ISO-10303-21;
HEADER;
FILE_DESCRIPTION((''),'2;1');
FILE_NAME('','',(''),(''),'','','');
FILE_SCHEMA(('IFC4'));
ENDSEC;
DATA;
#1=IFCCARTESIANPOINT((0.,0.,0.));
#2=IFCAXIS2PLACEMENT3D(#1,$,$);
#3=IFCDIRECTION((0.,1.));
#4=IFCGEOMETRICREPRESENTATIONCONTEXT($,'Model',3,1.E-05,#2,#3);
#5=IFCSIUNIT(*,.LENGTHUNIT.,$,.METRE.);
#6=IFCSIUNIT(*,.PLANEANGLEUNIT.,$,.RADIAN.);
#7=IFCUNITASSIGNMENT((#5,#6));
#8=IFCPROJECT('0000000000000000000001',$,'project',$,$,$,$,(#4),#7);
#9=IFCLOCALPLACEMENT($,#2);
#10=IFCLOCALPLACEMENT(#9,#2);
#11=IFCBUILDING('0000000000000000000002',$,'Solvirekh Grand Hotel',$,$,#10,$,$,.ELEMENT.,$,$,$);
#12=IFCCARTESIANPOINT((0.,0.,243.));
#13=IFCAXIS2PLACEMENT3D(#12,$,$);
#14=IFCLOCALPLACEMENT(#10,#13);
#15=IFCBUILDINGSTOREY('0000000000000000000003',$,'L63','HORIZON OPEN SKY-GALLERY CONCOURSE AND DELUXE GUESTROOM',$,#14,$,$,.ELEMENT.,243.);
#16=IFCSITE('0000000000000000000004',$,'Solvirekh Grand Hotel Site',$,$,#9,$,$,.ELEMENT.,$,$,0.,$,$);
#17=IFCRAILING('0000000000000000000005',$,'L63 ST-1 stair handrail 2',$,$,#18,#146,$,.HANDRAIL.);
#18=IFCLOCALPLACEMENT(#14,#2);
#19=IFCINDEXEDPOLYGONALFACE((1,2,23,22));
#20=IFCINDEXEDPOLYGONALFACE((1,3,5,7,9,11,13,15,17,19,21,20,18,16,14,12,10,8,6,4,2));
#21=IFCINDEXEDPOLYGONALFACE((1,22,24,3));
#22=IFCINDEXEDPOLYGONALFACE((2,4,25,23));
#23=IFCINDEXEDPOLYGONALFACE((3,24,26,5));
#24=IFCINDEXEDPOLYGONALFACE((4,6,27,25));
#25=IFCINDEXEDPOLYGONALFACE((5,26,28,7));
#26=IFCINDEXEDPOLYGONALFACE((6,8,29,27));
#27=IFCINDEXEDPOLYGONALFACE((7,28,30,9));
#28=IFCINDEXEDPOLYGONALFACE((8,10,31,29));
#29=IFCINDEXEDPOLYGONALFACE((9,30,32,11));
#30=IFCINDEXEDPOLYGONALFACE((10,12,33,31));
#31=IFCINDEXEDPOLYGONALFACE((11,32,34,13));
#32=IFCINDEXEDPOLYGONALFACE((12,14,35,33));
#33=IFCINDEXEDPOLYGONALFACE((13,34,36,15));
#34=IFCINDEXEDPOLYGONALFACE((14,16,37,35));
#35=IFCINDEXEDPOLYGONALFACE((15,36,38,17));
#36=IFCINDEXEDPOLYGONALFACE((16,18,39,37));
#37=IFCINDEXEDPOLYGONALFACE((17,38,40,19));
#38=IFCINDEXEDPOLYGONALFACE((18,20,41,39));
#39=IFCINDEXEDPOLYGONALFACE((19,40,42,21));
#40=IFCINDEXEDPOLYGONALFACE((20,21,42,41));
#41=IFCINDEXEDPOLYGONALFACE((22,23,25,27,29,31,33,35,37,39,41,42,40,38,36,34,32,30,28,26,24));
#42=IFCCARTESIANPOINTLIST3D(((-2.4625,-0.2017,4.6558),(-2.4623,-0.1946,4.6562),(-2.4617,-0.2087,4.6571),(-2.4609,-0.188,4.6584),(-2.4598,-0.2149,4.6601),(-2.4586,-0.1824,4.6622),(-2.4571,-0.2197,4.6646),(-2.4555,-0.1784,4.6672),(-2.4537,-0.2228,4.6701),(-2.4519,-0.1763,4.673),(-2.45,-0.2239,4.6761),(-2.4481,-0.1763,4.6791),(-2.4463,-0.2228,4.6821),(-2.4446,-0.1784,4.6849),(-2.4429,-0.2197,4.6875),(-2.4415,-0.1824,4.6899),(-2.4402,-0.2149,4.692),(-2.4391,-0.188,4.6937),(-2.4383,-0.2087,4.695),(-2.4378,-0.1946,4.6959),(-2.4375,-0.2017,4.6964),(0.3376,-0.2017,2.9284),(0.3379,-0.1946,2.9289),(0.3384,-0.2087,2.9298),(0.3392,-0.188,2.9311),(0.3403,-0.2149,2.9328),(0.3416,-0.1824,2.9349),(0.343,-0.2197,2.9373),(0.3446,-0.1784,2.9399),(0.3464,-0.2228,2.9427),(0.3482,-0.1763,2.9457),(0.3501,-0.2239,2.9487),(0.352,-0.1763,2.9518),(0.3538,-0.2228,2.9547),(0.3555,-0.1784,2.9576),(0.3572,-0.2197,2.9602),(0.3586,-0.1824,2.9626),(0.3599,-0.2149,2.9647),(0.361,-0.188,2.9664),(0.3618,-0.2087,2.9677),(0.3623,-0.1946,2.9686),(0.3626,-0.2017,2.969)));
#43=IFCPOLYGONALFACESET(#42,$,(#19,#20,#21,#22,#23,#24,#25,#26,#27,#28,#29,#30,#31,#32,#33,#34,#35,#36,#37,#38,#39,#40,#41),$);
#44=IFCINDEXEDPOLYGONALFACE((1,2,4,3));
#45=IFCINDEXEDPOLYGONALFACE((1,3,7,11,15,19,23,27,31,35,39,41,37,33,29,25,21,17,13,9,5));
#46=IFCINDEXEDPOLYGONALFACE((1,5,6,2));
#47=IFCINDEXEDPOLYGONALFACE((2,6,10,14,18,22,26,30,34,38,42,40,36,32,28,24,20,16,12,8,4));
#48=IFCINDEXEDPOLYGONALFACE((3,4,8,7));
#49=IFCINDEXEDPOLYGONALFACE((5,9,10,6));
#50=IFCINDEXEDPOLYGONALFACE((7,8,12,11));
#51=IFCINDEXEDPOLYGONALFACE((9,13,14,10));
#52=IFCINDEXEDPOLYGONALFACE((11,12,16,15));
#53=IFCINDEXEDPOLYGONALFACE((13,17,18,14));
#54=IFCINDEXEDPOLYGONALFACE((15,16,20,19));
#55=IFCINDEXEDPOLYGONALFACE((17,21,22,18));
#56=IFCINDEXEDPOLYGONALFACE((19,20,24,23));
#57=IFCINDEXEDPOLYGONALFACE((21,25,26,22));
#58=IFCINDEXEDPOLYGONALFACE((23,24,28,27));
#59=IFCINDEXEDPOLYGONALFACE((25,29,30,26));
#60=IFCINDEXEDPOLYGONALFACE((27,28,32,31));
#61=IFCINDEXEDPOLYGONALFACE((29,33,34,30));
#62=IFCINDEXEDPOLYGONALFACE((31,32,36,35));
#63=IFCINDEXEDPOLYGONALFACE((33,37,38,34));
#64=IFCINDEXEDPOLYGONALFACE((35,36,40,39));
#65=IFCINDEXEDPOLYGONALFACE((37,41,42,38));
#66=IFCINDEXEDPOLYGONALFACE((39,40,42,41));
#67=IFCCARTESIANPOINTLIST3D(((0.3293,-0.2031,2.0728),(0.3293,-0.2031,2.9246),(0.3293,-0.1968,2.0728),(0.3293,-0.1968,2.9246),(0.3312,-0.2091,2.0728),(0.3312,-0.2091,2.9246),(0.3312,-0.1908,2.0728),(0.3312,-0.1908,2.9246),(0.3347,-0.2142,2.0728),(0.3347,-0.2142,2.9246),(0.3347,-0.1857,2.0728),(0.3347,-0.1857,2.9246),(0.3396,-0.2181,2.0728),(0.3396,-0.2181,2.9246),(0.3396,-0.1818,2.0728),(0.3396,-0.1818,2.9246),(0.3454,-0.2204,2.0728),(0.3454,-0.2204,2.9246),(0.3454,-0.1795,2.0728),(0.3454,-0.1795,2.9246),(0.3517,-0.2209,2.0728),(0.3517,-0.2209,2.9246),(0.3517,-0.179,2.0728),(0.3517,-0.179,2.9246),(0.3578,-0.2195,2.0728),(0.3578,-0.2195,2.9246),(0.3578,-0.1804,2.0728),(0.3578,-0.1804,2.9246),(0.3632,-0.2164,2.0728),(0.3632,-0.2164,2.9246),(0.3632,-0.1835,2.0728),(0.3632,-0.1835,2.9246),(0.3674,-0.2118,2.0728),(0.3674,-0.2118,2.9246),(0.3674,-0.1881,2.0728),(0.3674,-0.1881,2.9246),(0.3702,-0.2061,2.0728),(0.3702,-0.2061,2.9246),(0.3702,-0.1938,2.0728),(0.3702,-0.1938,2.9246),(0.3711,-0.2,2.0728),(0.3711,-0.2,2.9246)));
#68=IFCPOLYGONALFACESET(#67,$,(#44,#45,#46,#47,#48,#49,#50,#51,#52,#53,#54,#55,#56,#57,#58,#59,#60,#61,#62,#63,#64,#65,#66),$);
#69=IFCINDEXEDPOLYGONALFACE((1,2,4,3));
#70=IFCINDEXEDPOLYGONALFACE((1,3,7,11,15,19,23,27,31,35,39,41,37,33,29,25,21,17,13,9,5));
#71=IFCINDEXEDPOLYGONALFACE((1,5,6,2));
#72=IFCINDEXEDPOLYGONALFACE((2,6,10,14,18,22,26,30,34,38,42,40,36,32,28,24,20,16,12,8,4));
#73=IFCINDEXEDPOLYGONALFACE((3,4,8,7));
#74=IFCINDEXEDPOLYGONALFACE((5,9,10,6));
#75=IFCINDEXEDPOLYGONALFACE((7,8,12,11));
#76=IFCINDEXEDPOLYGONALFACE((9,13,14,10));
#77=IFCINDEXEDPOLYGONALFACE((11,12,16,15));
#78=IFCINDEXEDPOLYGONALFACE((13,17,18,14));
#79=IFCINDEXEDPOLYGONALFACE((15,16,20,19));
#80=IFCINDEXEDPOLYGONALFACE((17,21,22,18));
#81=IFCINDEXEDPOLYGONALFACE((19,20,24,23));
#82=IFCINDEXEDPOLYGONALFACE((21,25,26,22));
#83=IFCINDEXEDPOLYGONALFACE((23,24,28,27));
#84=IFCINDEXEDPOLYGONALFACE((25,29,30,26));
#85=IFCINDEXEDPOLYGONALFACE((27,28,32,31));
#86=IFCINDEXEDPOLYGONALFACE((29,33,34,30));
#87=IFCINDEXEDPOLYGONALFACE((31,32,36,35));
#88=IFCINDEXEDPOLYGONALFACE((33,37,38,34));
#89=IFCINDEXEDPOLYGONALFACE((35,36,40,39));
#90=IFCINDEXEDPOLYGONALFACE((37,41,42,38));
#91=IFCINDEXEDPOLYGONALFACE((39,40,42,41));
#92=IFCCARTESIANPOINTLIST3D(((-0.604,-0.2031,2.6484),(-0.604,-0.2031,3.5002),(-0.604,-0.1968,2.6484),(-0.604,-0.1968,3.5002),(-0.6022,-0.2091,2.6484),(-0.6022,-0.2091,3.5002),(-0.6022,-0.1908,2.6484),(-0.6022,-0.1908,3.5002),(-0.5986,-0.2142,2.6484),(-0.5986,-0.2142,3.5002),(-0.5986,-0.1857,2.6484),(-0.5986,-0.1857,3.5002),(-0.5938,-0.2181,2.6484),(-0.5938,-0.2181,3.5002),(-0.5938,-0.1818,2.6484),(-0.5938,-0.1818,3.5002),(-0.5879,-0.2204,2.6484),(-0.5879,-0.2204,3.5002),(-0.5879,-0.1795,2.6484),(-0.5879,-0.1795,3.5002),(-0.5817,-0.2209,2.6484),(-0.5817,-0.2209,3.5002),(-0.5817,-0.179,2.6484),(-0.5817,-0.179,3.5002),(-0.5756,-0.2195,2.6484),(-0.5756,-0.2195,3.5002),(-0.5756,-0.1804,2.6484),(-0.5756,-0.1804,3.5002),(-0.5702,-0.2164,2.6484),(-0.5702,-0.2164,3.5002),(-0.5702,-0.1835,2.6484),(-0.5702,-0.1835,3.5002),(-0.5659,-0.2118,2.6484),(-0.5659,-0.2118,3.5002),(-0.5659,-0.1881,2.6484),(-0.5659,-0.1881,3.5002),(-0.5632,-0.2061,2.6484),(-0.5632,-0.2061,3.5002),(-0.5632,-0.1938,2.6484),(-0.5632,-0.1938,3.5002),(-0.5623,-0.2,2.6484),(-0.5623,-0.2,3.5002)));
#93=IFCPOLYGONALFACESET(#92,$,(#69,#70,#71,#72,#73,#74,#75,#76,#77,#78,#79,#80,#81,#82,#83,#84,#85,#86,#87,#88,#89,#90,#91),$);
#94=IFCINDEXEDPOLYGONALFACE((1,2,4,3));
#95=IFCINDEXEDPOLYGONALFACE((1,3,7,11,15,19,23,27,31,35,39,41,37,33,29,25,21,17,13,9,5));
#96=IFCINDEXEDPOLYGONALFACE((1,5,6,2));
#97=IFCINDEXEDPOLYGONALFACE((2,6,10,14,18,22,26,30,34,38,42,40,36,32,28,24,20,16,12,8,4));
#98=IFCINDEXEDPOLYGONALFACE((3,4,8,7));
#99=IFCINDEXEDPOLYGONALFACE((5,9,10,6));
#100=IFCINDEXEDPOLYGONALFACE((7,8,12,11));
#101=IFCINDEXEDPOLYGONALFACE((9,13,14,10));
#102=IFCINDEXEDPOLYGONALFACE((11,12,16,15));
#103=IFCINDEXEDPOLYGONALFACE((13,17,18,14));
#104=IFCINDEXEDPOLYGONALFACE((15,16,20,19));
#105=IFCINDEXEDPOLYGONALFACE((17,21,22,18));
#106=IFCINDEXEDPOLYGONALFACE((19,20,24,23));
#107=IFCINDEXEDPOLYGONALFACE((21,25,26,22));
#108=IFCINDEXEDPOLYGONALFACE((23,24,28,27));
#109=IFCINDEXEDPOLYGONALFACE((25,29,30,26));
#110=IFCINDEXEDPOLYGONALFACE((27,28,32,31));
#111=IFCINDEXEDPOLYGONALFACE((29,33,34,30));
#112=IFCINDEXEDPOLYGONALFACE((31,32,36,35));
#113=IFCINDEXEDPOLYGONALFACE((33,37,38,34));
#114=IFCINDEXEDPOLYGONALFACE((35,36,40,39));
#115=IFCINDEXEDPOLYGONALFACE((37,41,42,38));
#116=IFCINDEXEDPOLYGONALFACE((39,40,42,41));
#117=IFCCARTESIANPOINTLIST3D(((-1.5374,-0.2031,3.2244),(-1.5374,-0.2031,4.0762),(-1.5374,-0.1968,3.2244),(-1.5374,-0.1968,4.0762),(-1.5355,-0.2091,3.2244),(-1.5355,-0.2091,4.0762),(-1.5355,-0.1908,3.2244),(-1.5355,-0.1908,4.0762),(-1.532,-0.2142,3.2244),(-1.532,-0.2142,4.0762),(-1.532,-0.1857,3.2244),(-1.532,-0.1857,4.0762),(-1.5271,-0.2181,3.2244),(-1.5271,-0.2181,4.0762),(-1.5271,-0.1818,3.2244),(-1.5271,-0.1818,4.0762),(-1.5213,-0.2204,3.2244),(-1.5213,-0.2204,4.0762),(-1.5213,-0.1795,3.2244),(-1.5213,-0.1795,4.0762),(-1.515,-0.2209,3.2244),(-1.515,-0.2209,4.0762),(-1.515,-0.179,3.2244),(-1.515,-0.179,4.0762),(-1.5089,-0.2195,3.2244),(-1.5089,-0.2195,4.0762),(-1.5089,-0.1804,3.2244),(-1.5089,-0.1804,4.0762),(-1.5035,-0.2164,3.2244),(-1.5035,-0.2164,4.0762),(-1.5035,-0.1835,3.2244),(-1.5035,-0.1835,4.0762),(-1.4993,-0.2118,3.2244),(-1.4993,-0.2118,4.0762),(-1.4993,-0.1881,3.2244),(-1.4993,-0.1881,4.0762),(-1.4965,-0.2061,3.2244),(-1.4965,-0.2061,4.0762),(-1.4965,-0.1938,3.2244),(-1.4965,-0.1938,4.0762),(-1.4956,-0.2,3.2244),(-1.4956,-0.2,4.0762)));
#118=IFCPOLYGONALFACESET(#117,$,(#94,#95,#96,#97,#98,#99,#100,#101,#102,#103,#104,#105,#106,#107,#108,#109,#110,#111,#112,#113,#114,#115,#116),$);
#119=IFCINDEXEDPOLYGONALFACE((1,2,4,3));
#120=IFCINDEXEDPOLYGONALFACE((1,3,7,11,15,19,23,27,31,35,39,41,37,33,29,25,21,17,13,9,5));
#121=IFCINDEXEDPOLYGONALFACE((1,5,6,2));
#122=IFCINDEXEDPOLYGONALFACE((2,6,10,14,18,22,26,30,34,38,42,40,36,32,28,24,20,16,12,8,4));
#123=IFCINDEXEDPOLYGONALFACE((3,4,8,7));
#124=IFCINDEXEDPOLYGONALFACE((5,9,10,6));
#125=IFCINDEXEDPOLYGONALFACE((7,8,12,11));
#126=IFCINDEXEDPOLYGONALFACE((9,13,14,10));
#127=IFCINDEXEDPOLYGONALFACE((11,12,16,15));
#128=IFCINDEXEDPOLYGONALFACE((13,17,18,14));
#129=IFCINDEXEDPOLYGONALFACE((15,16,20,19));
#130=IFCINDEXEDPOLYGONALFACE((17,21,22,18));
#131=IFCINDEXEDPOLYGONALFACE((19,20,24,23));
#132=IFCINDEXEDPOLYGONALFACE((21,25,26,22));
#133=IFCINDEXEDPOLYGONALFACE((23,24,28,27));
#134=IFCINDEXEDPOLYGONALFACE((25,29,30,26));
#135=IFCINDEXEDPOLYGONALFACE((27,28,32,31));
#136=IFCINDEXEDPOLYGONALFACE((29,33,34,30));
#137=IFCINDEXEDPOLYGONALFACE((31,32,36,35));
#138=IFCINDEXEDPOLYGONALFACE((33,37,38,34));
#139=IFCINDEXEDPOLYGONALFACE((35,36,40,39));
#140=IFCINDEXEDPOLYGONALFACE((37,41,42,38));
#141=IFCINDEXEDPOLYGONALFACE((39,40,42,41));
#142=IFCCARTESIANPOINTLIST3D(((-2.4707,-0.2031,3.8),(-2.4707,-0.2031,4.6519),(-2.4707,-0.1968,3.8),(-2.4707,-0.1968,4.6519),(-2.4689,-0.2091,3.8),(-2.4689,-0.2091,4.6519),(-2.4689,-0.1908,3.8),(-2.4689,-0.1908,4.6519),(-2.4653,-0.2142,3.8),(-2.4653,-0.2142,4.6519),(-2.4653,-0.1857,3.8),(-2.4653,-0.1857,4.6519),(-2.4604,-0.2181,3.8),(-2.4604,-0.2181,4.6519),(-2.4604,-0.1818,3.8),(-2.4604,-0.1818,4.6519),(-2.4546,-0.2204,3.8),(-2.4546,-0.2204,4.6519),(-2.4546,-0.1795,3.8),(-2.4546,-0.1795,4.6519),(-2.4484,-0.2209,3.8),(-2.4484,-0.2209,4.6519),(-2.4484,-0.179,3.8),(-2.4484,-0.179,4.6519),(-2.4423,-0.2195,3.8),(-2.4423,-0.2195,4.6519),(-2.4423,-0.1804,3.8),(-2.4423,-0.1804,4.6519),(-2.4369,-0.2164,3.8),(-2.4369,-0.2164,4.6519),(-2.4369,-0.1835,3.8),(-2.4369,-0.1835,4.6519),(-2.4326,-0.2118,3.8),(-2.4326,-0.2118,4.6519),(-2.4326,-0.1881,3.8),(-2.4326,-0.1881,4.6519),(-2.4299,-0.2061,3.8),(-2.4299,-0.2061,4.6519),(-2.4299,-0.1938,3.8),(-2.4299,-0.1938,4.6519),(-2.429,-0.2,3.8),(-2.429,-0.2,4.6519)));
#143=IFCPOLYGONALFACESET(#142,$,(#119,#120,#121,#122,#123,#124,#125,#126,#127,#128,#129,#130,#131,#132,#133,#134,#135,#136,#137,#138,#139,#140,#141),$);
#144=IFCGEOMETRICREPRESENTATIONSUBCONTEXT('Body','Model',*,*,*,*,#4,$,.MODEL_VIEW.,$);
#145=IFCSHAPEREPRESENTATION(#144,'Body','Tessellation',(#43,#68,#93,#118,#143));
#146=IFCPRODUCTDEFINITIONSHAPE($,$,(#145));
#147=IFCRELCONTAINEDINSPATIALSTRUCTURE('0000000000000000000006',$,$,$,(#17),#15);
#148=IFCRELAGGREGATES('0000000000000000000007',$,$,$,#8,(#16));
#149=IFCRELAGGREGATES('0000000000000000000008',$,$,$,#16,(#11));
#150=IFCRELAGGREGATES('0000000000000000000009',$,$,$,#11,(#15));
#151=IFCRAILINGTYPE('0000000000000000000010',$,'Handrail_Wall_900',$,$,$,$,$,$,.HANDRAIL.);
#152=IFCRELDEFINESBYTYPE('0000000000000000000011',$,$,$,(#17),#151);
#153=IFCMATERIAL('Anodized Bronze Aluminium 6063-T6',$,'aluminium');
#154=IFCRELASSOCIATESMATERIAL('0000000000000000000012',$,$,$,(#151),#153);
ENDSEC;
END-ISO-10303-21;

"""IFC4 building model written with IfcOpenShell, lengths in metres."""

from ifc_helpers import new_model, si_unit, direction, frame, origin, origin_2d, place, context, subcontext, project, spatial, circle, extrude, material, type_object, element, save


model = new_model("IFC4")

# Units and contexts
model_context = context("Model", 3, precision=1e-05, world=origin(), true_north=direction((0.0, 1.0)))
body_context = subcontext(model_context, "Body", "Model", "MODEL_VIEW")
ifc_project = project(units=[si_unit("LENGTHUNIT", "METRE"), si_unit("PLANEANGLEUNIT", "RADIAN")], contexts=[model_context])

# Site, building, storey
site_placement = place(None, origin())
site = spatial("IfcSite", under=ifc_project, at=site_placement, Name="Solvirekh Grand Hotel Site", CompositionType="ELEMENT", RefElevation=0.0)
building_placement = place(site_placement, origin())
building = spatial("IfcBuilding", under=site, at=building_placement, Name="Solvirekh Grand Hotel", CompositionType="ELEMENT")
storey_placement = place(building_placement, frame((0.0, 0.0, 243.0)))
storey = spatial("IfcBuildingStorey", under=building, at=storey_placement, Name="L63", Description="HORIZON OPEN SKY-GALLERY CONCOURSE AND DELUXE GUESTROOM", CompositionType="ELEMENT", Elevation=243.0)

# Shared definitions
ifc_material_1 = material(Name="Anodized Bronze Aluminium 6063-T6", Category="aluminium")

# Railing
railing_type_1 = type_object("IfcRailingType", Name="Handrail_Wall_900", PredefinedType="HANDRAIL", material=ifc_material_1)
railing_1_placement = place(storey_placement, frame((0.3501, -0.2, 2.0728)))
element("IfcRailing", 1, at=railing_1_placement, inside=storey, type_object=railing_type_1, Name="L63 ST-1 stair handrail 2", PredefinedType="HANDRAIL", context=body_context, shape_type="SweptSolid", body=[
    extrude(circle(Radius=0.0239, at=origin_2d()), frame((0.0, 0.0, 0.876), z_axis=(-0.85109, 0.0, 0.52502), x_axis=(0.0, -1.0, 0.0)), (0.0, 0.0, 1.0), 3.29),
    extrude(circle(Radius=0.021, at=origin_2d()), origin(), (0.0, 0.0, 1.0), 0.8518),
    extrude(circle(Radius=0.021, at=origin_2d()), frame((-0.9333, 0.0, 0.5757)), (0.0, 0.0, 1.0), 0.8518),
    extrude(circle(Radius=0.021, at=origin_2d()), frame((-1.8667, 0.0, 1.1516)), (0.0, 0.0, 1.0), 0.8518),
    extrude(circle(Radius=0.021, at=origin_2d()), frame((-2.8, 0.0, 1.7273)), (0.0, 0.0, 1.0), 0.8518),
])

save(model, "model.ifc")
